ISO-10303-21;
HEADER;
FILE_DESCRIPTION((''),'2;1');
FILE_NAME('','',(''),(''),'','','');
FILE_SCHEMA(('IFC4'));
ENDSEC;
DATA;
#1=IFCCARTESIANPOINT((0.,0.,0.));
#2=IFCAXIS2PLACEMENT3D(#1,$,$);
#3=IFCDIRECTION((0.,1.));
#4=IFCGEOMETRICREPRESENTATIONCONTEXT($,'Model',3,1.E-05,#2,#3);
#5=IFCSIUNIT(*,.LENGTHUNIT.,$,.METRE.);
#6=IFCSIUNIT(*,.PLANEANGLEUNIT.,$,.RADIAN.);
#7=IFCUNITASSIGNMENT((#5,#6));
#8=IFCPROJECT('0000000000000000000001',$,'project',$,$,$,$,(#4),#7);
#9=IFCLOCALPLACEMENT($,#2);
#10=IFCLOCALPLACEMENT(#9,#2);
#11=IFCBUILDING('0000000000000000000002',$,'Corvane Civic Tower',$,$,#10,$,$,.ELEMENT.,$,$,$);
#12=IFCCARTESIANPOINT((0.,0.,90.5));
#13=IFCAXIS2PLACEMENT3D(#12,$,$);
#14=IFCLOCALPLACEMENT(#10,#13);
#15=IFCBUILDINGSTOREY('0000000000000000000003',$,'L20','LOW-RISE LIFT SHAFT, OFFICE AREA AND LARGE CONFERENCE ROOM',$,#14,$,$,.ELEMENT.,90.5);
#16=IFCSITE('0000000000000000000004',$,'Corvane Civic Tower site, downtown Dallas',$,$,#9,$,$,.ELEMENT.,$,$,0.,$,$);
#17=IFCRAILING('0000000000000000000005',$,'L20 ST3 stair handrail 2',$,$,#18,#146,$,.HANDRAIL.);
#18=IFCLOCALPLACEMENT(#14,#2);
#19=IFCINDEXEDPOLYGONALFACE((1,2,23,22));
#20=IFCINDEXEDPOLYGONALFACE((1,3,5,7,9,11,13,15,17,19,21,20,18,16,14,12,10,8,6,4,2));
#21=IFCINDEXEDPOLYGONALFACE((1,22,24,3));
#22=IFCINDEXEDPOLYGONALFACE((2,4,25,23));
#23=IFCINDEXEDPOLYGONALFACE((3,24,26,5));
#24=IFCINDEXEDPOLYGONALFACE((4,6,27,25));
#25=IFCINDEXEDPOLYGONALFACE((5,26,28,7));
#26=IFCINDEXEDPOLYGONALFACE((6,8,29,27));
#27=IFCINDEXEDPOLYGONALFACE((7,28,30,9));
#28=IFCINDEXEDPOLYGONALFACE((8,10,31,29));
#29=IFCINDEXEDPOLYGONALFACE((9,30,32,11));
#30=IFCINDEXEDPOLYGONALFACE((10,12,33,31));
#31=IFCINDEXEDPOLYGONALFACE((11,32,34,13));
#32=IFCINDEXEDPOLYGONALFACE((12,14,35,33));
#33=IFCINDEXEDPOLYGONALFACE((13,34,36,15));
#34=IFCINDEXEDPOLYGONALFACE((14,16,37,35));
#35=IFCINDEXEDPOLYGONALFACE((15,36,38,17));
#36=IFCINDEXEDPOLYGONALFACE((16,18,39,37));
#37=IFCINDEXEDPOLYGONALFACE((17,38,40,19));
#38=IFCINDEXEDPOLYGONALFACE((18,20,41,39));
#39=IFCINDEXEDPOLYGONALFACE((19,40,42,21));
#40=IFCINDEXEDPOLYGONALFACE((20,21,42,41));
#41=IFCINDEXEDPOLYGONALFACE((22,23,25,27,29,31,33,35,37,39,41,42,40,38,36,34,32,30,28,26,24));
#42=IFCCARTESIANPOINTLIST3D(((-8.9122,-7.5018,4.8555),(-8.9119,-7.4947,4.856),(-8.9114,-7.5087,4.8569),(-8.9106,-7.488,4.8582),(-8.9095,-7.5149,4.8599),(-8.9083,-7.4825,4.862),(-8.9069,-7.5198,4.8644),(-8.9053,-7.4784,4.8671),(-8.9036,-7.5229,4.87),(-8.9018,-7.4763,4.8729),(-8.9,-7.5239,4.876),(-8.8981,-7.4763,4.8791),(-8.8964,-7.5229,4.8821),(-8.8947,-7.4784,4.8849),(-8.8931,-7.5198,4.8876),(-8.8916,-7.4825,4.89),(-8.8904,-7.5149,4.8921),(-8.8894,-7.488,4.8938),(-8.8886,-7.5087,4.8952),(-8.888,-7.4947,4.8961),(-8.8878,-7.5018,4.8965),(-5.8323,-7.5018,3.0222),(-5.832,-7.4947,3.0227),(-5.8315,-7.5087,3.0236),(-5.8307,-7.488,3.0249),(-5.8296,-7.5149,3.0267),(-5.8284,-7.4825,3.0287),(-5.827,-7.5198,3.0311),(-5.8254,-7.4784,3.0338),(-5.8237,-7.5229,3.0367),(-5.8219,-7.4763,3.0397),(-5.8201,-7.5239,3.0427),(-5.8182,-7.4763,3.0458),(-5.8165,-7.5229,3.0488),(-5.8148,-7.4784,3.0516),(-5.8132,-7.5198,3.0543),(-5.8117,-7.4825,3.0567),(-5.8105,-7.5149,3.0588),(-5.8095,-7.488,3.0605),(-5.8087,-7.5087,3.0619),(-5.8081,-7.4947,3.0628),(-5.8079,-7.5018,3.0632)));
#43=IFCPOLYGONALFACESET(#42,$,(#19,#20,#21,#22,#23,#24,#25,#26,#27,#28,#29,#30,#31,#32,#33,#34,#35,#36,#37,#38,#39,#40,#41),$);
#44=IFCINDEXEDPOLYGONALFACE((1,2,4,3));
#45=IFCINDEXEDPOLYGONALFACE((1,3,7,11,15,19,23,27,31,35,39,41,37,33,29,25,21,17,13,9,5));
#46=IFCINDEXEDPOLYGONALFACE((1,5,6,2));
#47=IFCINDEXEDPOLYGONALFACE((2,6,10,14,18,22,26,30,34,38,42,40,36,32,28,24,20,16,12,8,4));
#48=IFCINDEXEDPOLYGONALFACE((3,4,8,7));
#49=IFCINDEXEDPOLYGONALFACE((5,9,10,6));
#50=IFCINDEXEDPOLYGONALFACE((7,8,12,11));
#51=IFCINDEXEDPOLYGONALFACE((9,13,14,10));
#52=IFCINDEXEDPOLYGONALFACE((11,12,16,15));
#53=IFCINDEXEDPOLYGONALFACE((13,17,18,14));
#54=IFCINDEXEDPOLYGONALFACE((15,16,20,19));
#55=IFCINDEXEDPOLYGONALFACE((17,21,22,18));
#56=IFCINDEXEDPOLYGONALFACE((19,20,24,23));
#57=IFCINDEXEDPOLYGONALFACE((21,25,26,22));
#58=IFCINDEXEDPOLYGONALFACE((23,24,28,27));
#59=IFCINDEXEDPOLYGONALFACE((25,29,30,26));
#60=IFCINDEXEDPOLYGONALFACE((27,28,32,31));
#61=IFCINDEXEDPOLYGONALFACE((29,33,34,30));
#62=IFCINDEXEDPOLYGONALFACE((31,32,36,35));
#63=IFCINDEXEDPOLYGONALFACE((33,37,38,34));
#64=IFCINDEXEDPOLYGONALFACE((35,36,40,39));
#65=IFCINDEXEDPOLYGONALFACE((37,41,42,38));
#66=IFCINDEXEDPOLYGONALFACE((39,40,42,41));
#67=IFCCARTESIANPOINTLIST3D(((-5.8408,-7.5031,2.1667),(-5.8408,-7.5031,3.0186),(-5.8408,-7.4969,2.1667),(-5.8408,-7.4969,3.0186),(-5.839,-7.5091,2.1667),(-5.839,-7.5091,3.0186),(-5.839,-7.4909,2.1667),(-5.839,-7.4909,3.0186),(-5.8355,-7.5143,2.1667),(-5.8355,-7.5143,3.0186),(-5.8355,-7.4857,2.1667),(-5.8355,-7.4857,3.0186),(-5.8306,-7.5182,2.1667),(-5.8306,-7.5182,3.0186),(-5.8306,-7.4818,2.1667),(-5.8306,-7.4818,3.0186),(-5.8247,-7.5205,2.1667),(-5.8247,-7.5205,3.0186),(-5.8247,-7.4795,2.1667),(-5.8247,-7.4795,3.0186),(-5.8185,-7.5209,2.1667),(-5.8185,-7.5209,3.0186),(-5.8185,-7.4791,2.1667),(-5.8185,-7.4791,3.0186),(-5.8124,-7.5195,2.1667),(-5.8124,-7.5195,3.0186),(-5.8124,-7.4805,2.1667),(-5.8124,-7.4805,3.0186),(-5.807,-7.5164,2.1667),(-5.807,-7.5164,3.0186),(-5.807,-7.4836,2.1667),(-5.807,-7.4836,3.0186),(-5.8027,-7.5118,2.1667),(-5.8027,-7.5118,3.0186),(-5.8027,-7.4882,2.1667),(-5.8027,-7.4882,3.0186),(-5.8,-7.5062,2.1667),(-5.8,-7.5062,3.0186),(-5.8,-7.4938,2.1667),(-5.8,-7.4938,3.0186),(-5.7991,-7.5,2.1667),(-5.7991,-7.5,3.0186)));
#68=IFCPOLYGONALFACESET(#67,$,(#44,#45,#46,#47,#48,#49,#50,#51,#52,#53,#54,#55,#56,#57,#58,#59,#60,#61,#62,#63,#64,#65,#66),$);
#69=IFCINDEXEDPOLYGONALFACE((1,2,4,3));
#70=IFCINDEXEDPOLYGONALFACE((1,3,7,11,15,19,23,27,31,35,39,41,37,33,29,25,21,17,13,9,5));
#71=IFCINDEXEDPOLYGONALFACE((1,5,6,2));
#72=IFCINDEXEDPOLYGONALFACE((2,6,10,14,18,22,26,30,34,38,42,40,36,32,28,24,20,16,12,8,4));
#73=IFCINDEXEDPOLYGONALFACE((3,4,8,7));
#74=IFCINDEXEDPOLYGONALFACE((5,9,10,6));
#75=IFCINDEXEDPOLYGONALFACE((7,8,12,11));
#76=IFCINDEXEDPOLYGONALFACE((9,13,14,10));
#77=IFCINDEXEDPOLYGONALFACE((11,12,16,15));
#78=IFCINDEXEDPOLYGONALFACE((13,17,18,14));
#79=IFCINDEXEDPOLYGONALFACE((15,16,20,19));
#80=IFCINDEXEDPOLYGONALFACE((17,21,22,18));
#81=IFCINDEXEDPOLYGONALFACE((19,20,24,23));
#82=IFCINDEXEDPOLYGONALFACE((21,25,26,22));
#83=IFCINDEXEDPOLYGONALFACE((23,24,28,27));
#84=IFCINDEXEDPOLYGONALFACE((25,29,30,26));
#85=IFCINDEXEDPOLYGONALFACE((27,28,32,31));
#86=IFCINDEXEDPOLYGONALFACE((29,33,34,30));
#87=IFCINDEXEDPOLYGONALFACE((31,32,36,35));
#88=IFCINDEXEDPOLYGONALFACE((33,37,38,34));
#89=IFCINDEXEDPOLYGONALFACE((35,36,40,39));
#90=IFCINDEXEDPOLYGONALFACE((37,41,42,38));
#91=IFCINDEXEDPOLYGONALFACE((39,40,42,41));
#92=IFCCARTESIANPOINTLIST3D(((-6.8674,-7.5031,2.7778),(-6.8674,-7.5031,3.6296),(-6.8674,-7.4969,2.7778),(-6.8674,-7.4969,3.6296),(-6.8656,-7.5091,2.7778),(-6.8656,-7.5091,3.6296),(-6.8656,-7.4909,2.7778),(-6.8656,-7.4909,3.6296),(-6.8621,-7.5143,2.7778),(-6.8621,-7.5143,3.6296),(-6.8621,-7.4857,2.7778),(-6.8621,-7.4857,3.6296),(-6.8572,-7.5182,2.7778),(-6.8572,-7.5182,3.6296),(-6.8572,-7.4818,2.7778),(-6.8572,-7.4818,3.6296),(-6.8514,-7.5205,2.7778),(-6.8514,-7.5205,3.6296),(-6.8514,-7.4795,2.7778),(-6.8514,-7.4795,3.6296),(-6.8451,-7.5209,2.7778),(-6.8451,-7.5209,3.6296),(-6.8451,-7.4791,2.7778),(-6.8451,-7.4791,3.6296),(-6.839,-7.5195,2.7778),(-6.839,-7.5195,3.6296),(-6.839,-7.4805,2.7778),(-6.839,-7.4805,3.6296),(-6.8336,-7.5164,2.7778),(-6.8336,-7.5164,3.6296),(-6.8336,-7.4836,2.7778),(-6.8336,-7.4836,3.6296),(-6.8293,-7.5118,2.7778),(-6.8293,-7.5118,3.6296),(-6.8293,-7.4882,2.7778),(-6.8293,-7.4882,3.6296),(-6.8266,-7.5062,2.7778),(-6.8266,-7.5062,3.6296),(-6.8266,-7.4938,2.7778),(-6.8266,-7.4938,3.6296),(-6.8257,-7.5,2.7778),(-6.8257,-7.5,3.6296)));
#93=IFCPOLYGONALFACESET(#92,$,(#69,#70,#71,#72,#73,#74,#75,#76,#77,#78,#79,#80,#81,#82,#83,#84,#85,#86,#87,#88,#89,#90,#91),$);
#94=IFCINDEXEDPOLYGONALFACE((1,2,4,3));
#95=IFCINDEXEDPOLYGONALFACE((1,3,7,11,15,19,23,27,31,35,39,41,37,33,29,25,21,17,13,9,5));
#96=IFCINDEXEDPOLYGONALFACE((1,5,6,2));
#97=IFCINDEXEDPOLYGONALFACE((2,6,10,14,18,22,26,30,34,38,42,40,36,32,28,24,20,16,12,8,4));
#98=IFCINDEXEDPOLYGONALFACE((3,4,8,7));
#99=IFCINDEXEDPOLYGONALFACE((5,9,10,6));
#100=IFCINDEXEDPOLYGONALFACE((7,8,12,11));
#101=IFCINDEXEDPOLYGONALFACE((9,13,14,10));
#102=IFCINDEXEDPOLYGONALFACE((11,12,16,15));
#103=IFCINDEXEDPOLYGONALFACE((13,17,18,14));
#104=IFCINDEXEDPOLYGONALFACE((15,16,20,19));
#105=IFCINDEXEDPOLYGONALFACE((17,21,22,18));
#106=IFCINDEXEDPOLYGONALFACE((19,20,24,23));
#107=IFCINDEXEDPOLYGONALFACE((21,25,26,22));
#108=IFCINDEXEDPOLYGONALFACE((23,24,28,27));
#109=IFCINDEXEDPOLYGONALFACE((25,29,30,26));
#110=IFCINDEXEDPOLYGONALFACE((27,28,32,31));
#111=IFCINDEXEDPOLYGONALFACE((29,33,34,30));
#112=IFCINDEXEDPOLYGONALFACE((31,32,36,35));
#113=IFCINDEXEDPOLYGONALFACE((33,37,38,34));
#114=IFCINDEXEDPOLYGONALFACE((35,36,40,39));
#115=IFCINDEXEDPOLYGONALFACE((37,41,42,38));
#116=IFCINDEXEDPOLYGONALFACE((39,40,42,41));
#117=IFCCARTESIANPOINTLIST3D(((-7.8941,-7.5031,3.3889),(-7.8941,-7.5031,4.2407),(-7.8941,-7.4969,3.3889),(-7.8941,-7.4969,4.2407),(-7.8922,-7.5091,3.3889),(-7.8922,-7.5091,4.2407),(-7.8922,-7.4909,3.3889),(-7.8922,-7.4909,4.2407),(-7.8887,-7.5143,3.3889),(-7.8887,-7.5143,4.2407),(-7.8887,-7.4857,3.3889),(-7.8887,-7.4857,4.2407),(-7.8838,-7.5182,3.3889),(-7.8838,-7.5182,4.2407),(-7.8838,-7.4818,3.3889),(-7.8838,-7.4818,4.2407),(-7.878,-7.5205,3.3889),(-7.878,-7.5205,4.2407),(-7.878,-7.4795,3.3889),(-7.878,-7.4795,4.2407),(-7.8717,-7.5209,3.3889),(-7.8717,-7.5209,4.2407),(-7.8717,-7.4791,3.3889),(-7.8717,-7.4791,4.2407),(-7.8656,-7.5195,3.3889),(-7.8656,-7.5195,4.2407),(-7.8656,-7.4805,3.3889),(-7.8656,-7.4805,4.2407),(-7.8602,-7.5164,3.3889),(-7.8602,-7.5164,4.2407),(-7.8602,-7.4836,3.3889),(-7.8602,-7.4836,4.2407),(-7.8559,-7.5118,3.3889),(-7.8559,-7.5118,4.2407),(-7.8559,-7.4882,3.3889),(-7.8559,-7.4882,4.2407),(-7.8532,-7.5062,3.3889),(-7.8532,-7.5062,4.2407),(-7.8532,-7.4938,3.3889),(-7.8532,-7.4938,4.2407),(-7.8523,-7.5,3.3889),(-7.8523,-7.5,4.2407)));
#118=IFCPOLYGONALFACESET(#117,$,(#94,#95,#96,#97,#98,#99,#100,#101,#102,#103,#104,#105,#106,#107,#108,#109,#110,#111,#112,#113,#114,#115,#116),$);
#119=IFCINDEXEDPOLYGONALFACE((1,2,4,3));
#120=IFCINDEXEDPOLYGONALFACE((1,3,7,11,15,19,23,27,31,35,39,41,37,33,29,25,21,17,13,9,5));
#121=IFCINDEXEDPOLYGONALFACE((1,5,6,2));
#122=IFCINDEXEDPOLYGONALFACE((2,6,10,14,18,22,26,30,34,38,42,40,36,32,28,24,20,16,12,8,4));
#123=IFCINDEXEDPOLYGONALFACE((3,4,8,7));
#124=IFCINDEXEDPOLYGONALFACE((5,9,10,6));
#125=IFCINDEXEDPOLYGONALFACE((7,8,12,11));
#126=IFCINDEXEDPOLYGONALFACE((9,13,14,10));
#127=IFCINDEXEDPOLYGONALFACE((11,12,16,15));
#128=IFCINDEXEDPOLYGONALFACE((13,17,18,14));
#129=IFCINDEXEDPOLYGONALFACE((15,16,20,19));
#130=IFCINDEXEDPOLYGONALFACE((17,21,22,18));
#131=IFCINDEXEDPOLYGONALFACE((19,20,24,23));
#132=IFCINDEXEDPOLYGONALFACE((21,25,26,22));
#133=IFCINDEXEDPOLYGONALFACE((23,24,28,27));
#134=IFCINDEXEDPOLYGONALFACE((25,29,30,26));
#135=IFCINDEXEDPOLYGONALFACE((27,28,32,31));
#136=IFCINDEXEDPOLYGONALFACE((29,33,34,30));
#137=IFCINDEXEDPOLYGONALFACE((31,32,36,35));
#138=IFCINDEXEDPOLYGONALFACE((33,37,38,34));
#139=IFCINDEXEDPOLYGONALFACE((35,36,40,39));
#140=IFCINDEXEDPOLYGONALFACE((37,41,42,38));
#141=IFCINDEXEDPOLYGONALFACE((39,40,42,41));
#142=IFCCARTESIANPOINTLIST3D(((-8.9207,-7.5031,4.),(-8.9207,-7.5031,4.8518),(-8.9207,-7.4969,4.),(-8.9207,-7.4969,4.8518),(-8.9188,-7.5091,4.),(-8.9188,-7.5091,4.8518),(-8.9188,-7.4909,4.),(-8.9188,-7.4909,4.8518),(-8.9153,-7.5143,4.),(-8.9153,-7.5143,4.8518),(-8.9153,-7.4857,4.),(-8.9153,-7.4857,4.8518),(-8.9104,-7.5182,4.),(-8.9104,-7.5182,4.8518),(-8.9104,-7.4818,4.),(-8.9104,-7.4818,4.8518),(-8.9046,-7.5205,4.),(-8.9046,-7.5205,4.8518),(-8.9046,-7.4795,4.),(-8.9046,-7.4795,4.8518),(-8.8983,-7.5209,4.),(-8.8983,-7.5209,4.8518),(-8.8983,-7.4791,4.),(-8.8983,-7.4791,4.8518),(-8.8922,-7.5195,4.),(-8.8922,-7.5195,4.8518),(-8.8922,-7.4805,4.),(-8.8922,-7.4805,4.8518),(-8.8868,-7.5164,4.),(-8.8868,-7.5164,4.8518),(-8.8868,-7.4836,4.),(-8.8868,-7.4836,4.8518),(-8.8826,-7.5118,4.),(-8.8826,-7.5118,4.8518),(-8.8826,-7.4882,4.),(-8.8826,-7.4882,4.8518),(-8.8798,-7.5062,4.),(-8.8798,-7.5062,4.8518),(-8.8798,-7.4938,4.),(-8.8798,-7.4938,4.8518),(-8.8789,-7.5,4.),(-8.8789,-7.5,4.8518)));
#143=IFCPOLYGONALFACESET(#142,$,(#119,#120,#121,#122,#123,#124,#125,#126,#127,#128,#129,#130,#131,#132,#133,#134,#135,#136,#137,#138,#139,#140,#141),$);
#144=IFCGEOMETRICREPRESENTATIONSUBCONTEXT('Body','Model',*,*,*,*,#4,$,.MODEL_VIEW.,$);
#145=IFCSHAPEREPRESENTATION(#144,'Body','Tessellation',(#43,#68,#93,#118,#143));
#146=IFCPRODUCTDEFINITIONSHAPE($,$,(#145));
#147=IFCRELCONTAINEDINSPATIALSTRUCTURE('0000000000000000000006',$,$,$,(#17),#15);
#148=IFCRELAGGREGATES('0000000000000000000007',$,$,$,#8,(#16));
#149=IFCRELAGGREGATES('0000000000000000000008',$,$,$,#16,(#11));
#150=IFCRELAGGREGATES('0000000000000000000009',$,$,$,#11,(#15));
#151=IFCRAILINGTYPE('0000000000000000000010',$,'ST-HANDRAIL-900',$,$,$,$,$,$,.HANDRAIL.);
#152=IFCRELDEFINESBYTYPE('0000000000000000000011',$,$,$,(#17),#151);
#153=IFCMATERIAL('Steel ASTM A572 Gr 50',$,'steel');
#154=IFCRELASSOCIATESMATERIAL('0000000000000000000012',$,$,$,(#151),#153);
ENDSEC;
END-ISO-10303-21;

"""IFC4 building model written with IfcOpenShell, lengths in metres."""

from ifc_helpers import new_model, si_unit, direction, frame, origin, origin_2d, place, context, subcontext, project, spatial, circle, extrude, material, type_object, element, save


model = new_model("IFC4")

# Units and contexts
model_context = context("Model", 3, precision=1e-05, world=origin(), true_north=direction((0.0, 1.0)))
body_context = subcontext(model_context, "Body", "Model", "MODEL_VIEW")
ifc_project = project(units=[si_unit("LENGTHUNIT", "METRE"), si_unit("PLANEANGLEUNIT", "RADIAN")], contexts=[model_context])

# Site, building, storey
site_placement = place(None, origin())
site = spatial("IfcSite", under=ifc_project, at=site_placement, Name="Corvane Civic Tower site, downtown Dallas", CompositionType="ELEMENT", RefElevation=0.0)
building_placement = place(site_placement, origin())
building = spatial("IfcBuilding", under=site, at=building_placement, Name="Corvane Civic Tower", CompositionType="ELEMENT")
storey_placement = place(building_placement, frame((0.0, 0.0, 90.5)))
storey = spatial("IfcBuildingStorey", under=building, at=storey_placement, Name="L20", Description="LOW-RISE LIFT SHAFT, OFFICE AREA AND LARGE CONFERENCE ROOM", CompositionType="ELEMENT", Elevation=90.5)

# Railing
ifc_material_1 = material(Name="Steel ASTM A572 Gr 50", Category="steel")
railing_type = type_object("IfcRailingType", Name="ST-HANDRAIL-900", PredefinedType="HANDRAIL", material=ifc_material_1)
railing_1_placement = place(storey_placement, frame((-5.8201, -7.5, 2.1667)))
element("IfcRailing", 1, at=railing_1_placement, inside=storey, type_object=railing_type, Name="L20 ST3 stair handrail 2", PredefinedType="HANDRAIL", context=body_context, shape_type="SweptSolid", body=[
    extrude(circle(Radius=0.0239, at=origin_2d()), frame((0.0, 0.0, 0.876), z_axis=(-0.859291, 0.0, 0.511487), x_axis=(0.0, -1.0, 0.0)), (0.0, 0.0, 1.0), 3.5842),
    extrude(circle(Radius=0.021, at=origin_2d()), origin(), (0.0, 0.0, 1.0), 0.8518),
    extrude(circle(Radius=0.021, at=origin_2d()), frame((-1.0266, 0.0, 0.6111)), (0.0, 0.0, 1.0), 0.8518),
    extrude(circle(Radius=0.021, at=origin_2d()), frame((-2.0532, 0.0, 1.2222)), (0.0, 0.0, 1.0), 0.8518),
    extrude(circle(Radius=0.021, at=origin_2d()), frame((-3.0798, 0.0, 1.8333)), (0.0, 0.0, 1.0), 0.8518),
])

save(model, "model.ifc")
